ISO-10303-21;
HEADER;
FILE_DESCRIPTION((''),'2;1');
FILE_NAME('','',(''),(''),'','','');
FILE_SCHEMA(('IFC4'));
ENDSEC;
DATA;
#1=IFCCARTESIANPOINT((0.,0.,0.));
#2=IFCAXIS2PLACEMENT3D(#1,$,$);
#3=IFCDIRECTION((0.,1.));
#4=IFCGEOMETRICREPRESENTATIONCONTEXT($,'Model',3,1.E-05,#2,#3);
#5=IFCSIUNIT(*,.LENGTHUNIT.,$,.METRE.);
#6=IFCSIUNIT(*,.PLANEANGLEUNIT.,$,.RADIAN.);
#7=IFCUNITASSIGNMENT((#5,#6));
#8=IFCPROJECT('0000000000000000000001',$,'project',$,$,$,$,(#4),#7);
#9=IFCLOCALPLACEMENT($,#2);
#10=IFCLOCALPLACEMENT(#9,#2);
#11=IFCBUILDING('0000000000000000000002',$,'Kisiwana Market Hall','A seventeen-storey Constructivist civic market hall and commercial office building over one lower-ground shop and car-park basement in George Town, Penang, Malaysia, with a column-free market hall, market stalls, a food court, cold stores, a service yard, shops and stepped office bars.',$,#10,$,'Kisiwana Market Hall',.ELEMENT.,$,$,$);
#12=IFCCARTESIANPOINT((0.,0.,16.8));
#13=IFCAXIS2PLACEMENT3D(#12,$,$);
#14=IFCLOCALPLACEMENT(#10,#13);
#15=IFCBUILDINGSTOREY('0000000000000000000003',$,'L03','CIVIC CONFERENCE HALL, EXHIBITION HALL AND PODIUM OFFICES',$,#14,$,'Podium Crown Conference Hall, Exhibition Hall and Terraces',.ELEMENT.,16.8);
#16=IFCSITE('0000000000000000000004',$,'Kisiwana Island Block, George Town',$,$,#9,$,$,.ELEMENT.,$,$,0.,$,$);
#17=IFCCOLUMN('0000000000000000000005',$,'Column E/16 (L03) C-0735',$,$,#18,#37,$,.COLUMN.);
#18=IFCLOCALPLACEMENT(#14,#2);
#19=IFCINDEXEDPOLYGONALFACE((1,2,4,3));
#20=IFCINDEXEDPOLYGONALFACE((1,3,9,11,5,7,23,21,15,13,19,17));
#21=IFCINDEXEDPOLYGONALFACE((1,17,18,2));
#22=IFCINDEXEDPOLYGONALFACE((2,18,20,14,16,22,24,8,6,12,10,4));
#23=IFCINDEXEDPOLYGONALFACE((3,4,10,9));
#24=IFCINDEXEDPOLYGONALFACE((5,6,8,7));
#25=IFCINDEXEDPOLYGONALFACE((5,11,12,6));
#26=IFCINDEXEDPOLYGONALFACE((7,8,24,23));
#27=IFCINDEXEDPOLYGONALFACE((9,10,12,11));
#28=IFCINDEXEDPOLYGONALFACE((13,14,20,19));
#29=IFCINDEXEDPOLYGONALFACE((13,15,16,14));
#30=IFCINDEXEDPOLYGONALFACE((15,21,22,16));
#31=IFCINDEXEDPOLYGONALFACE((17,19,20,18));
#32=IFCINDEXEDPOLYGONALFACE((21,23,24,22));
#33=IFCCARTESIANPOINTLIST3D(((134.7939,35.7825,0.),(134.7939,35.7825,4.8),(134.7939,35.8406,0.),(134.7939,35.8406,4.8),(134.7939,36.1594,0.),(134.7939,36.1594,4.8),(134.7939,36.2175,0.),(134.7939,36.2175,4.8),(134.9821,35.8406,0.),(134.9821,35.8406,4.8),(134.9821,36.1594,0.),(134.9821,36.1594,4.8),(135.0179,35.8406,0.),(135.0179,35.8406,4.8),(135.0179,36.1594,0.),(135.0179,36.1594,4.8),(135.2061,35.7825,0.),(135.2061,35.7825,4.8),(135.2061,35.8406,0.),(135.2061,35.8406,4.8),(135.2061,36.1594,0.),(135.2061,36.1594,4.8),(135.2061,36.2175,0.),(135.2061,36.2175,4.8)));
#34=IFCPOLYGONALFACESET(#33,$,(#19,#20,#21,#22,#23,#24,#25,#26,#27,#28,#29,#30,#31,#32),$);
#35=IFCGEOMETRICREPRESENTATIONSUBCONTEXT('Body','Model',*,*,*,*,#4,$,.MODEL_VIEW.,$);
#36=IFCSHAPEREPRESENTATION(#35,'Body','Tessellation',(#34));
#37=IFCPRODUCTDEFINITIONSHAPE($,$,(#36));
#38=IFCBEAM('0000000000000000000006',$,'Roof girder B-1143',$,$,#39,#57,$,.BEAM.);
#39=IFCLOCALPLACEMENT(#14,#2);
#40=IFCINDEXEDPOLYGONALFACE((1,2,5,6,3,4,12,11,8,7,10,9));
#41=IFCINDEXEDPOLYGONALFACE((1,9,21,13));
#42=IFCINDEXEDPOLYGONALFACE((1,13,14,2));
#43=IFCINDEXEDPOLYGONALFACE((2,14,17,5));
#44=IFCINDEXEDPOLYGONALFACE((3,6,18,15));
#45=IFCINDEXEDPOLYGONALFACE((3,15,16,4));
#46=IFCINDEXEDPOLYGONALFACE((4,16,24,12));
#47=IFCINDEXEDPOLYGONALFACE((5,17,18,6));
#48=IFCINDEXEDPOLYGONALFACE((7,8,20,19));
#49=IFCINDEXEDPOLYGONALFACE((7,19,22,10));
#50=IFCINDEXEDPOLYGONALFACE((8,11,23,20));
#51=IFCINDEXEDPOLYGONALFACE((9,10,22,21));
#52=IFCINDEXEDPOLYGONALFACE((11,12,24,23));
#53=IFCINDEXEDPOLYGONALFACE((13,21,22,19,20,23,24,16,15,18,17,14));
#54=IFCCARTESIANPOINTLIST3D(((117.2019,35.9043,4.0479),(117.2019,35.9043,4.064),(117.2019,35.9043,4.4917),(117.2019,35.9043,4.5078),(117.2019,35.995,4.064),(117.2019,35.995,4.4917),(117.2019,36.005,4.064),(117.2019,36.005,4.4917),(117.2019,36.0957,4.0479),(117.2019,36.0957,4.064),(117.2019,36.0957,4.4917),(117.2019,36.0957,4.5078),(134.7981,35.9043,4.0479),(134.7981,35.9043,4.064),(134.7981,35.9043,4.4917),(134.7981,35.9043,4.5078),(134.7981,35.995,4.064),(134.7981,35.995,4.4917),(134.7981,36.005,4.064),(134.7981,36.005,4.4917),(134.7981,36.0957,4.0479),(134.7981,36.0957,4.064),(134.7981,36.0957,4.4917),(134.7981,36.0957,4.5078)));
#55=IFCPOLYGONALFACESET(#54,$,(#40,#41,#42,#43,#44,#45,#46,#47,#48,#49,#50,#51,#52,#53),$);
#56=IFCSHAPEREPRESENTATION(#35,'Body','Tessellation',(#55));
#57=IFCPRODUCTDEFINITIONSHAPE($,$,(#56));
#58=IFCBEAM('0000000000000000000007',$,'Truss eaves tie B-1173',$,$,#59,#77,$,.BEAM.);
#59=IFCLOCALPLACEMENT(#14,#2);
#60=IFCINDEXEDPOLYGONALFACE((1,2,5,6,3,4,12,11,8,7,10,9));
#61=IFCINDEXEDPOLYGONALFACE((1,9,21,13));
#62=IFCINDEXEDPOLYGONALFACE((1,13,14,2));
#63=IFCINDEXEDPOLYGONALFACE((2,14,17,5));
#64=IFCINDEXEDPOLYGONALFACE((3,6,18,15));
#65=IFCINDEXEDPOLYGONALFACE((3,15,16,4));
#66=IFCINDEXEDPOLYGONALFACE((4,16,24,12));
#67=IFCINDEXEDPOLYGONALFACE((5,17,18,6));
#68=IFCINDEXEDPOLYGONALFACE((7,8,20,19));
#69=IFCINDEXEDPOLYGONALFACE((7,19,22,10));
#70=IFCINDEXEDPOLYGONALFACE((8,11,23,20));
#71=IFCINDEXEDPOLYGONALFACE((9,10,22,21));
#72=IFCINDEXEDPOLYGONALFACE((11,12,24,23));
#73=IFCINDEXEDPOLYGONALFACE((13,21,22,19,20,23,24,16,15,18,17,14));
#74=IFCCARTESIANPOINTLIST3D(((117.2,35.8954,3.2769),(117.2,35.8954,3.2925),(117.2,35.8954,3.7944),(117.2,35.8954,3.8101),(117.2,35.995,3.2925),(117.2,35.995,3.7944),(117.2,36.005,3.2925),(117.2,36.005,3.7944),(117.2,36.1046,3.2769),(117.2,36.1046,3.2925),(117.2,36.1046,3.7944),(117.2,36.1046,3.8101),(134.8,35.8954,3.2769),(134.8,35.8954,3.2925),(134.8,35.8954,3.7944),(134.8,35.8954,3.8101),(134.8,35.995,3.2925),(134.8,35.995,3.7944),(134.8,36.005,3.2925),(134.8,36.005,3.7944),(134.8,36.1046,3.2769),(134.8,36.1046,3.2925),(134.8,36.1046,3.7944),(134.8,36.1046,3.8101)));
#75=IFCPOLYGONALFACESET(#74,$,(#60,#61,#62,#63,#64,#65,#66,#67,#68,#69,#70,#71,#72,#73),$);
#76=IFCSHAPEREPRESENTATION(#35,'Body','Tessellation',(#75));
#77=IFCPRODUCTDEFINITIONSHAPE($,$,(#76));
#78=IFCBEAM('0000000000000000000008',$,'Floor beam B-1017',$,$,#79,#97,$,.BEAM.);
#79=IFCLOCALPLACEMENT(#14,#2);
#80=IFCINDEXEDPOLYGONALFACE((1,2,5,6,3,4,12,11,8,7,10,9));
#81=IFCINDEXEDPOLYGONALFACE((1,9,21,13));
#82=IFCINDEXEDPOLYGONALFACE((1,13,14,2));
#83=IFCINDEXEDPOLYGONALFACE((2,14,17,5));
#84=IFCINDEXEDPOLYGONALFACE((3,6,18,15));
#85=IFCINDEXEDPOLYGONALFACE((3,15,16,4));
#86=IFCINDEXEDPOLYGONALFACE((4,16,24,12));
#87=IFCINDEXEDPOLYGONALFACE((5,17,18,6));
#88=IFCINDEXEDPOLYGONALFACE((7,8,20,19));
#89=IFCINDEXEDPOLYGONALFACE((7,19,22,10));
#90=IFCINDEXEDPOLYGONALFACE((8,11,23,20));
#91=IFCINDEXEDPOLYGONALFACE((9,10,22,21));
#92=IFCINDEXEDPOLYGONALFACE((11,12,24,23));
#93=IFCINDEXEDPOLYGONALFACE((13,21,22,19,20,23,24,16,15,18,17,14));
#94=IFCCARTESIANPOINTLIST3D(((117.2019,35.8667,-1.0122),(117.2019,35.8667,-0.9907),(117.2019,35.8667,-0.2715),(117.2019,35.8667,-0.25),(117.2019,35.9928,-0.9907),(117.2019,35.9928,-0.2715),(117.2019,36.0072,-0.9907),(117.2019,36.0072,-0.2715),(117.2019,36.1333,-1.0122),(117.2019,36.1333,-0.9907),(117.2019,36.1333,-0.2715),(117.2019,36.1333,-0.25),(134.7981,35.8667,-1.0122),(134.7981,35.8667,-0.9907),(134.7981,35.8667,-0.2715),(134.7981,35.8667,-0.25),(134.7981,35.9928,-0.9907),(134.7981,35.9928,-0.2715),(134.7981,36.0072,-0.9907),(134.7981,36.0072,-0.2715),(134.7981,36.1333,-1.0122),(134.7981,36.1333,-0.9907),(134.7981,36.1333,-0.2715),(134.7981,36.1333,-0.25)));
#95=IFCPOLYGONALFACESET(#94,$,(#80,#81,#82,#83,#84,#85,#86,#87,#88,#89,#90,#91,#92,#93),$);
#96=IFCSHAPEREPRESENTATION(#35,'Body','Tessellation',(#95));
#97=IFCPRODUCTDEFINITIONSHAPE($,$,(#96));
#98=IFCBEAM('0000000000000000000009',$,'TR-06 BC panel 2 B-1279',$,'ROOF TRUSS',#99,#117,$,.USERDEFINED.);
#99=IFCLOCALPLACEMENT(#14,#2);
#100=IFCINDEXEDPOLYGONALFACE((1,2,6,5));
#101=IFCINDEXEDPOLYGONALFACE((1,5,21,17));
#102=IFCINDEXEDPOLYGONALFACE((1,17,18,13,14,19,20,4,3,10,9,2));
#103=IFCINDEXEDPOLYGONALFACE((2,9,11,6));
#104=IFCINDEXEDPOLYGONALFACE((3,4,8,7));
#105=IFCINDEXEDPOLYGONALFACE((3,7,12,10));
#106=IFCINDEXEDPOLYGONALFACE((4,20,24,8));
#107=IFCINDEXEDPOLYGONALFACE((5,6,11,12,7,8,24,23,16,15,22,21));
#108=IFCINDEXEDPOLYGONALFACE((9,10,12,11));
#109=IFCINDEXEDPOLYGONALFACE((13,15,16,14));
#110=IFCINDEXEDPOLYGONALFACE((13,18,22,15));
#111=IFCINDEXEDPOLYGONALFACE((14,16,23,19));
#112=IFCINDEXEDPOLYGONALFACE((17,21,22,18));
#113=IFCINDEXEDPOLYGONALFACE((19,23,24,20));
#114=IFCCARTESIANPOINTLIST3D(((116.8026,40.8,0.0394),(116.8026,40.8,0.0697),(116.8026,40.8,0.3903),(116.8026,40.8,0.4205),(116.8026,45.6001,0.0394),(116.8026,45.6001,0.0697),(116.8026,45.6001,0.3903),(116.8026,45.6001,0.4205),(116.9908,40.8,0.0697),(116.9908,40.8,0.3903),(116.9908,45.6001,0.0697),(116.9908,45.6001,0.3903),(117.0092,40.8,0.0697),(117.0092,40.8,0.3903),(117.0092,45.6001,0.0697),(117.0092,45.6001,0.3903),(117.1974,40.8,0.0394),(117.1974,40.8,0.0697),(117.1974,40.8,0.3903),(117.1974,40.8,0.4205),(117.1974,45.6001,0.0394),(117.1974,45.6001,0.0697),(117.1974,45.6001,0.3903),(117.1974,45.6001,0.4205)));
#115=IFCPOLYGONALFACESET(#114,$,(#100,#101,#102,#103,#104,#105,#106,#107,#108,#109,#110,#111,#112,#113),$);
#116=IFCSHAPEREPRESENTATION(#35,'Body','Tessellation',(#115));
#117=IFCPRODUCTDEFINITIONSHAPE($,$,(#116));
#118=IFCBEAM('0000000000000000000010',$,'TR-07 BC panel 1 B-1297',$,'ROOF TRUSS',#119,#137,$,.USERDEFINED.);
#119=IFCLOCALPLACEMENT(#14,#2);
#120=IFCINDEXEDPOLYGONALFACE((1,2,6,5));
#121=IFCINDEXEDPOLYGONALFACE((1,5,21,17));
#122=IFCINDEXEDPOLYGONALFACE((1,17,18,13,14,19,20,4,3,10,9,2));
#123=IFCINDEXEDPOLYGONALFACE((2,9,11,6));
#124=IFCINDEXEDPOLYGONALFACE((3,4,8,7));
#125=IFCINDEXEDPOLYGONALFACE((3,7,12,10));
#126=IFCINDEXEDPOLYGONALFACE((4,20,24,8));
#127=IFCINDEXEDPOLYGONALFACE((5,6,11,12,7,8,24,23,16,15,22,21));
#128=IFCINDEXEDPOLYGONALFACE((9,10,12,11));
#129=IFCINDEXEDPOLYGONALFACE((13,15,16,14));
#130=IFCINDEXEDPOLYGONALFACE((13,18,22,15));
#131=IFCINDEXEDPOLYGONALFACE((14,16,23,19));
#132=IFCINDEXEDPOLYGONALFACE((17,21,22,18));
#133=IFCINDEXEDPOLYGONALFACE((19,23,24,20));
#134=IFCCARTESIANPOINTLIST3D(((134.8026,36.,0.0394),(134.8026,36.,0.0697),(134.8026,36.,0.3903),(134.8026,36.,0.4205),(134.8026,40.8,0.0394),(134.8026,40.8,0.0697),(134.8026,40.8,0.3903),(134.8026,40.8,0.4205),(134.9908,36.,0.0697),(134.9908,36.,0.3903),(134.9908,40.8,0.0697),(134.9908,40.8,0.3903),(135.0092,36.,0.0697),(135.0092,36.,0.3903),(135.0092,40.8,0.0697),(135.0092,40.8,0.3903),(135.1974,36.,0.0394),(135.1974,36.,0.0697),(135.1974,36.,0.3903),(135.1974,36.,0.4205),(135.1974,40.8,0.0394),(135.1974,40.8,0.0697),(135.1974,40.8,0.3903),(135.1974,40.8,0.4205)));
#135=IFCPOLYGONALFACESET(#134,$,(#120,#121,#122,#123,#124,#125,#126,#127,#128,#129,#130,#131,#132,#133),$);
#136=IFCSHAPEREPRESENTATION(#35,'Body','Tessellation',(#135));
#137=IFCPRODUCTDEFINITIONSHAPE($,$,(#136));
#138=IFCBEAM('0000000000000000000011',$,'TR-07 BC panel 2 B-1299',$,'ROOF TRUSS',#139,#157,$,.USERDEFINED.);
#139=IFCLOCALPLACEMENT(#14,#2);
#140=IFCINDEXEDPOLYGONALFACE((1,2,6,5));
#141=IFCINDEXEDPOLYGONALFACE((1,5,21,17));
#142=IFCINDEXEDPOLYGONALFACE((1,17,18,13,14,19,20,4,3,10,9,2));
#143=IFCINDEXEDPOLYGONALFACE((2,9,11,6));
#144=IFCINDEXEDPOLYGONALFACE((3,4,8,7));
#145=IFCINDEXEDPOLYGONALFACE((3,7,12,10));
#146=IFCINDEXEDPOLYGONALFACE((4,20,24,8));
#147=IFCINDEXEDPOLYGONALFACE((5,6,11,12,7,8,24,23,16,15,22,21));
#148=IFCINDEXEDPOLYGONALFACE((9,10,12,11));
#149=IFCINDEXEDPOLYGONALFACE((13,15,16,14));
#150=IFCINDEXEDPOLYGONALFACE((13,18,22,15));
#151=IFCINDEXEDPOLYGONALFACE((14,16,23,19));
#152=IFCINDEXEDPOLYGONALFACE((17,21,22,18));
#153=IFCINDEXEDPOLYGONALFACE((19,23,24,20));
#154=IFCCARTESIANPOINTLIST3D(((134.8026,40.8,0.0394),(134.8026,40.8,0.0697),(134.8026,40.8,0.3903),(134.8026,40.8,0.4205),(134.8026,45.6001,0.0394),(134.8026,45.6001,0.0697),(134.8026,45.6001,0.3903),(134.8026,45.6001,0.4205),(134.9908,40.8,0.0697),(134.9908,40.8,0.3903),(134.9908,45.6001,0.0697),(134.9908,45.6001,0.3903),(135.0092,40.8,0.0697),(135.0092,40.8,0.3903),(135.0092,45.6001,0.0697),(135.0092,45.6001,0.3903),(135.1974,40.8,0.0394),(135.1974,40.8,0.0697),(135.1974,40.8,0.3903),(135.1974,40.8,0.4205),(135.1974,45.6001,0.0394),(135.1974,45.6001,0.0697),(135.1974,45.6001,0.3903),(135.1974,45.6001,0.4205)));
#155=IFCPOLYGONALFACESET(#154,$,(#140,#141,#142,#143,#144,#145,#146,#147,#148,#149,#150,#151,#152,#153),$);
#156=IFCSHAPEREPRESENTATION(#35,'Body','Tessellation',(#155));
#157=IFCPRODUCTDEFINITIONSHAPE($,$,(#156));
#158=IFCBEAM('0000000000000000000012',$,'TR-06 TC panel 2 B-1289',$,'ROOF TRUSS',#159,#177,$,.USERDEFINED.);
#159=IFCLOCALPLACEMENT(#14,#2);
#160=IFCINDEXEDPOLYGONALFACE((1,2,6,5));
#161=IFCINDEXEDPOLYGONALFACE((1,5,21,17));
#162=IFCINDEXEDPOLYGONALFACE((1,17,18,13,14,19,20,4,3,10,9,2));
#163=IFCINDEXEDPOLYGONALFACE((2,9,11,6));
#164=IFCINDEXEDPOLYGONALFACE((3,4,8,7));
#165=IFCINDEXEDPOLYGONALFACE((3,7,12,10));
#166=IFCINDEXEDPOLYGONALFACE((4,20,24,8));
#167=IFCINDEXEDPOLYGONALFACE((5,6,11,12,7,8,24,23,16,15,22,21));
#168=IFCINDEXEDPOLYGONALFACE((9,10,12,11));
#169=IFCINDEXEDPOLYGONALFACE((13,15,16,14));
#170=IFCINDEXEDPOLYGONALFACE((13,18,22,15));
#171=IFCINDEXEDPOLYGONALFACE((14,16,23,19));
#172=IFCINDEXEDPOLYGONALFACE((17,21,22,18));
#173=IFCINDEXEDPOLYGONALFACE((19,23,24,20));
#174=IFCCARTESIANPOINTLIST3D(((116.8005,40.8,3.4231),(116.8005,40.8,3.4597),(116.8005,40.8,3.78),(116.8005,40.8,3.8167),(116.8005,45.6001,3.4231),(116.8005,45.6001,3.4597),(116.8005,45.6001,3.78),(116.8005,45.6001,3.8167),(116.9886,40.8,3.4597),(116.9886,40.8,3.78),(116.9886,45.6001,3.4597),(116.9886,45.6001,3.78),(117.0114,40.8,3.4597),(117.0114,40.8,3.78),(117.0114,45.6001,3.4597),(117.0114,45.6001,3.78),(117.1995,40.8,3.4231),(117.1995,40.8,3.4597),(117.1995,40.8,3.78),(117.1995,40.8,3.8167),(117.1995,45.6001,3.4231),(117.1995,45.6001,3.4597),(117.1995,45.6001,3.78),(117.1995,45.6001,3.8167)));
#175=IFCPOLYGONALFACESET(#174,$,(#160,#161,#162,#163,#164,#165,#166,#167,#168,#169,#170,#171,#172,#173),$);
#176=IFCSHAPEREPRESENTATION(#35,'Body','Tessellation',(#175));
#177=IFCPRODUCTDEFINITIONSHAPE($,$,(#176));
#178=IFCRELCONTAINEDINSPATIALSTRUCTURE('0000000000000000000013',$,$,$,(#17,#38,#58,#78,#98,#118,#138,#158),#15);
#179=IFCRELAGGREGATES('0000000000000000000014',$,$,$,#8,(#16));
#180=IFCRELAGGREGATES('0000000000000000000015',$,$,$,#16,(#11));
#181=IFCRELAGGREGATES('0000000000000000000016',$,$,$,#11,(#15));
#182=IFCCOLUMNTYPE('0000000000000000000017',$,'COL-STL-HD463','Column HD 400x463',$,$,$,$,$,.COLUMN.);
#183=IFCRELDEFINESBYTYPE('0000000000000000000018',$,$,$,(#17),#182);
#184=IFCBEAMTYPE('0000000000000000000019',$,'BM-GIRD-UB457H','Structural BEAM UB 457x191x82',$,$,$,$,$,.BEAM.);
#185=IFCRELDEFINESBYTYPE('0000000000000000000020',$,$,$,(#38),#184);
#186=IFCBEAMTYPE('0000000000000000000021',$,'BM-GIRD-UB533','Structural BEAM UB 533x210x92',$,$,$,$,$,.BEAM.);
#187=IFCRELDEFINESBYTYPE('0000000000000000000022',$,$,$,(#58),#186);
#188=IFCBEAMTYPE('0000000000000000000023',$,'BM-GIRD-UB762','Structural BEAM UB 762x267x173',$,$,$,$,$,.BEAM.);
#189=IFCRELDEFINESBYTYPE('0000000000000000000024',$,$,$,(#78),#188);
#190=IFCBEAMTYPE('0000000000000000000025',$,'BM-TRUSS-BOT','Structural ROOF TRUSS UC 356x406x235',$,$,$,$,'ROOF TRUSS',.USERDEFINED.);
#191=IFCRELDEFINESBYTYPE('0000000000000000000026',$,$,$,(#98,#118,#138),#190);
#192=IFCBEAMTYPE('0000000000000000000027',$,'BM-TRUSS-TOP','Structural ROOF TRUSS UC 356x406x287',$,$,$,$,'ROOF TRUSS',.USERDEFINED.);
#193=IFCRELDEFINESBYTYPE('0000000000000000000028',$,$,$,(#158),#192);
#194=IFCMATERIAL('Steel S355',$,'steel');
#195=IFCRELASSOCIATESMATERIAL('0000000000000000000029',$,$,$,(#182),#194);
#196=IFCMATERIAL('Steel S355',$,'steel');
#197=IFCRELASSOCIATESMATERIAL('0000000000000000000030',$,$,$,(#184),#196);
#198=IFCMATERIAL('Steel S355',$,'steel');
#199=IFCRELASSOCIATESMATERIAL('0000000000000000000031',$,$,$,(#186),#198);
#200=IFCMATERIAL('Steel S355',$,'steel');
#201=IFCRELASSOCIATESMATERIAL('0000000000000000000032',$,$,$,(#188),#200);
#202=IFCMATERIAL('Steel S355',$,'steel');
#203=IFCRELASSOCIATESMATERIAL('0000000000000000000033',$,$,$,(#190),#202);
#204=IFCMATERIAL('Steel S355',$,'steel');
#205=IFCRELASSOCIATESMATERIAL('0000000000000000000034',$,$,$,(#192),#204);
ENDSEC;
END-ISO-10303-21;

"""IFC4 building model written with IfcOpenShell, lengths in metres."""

from ifc_helpers import new_model, si_unit, direction, frame, origin, origin_2d, place, context, subcontext, project, spatial, i_section, extrude, material, material_profile, profile_set, type_object, element, save


model = new_model("IFC4")

# Units and contexts
model_context = context("Model", 3, precision=1e-05, world=origin(), true_north=direction((0.0, 1.0)))
body_context = subcontext(model_context, "Body", "Model", "MODEL_VIEW")
ifc_project = project(units=[si_unit("LENGTHUNIT", "METRE"), si_unit("PLANEANGLEUNIT", "RADIAN")], contexts=[model_context])

# Site, building, storey
site_placement = place(None, origin())
site = spatial("IfcSite", under=ifc_project, at=site_placement, Name="Kisiwana Island Block, George Town", CompositionType="ELEMENT", RefElevation=0.0)
building_placement = place(site_placement, origin())
building = spatial("IfcBuilding", under=site, at=building_placement, Name="Kisiwana Market Hall", Description="A seventeen-storey Constructivist civic market hall and commercial office building over one lower-ground shop and car-park basement in George Town, Penang, Malaysia, with a column-free market hall, market stalls, a food court, cold stores, a service yard, shops and stepped office bars.", LongName="Kisiwana Market Hall", CompositionType="ELEMENT")
storey_placement = place(building_placement, frame((0.0, 0.0, 16.8)))
storey = spatial("IfcBuildingStorey", under=building, at=storey_placement, Name="L03", Description="CIVIC CONFERENCE HALL, EXHIBITION HALL AND PODIUM OFFICES", LongName="Podium Crown Conference Hall, Exhibition Hall and Terraces", CompositionType="ELEMENT", Elevation=16.8)

# Column
ifc_material_1 = material(Name="Steel S355", Category="steel")
ifc_material_profile_1 = material_profile(ifc_material_1, i_section(OverallWidth=0.4121, OverallDepth=0.4351, WebThickness=0.0359, FlangeThickness=0.0581, at=origin_2d()), Name="HD 400x463")
ifc_profile_set_1 = profile_set([ifc_material_profile_1], Name="Steel S355")
column_type = type_object("IfcColumnType", Name="COL-STL-HD463", Description="Column HD 400x463", PredefinedType="COLUMN", material=ifc_profile_set_1)
column_placement = place(storey_placement, frame((135.0, 36.0, 0.0), z_axis=(0.0, 0.0, 1.0), x_axis=(1.0, 0.0, 0.0)))
element("IfcColumn", 1, at=column_placement, inside=storey, type_object=column_type, Name="Column E/16 (L03) C-0735", PredefinedType="COLUMN", context=body_context, shape_type="SweptSolid", body=[
    extrude(i_section(OverallWidth=0.4121, OverallDepth=0.4351, WebThickness=0.0359, FlangeThickness=0.0581, at=origin_2d()), origin(), (0.0, 0.0, 1.0), 4.8),
])

# Beams
ifc_material_2 = material(Name="Steel S355", Category="steel")
ifc_material_profile_2 = material_profile(ifc_material_2, i_section(OverallWidth=0.1914, OverallDepth=0.46, WebThickness=0.01, FlangeThickness=0.0161, at=origin_2d()), Name="UB 457x191x82")
ifc_profile_set_2 = profile_set([ifc_material_profile_2], Name="Steel S355")
beam_type_1 = type_object("IfcBeamType", Name="BM-GIRD-UB457H", Description="Structural BEAM UB 457x191x82", PredefinedType="BEAM", material=ifc_profile_set_2)
beam_1_placement = place(storey_placement, frame((117.2019, 36.0, 4.2778), z_axis=(1.0, 0.0, 0.0), x_axis=(0.0, 1.0, 0.0)))
element("IfcBeam", 2, at=beam_1_placement, inside=storey, type_object=beam_type_1, Name="Roof girder B-1143", PredefinedType="BEAM", context=body_context, shape_type="SweptSolid", body=[
    extrude(i_section(OverallWidth=0.1914, OverallDepth=0.46, WebThickness=0.01, FlangeThickness=0.0161, at=origin_2d()), origin(), (0.0, 0.0, 1.0), 17.5962),
])
ifc_material_3 = material(Name="Steel S355", Category="steel")
ifc_material_profile_3 = material_profile(ifc_material_3, i_section(OverallWidth=0.2092, OverallDepth=0.5332, WebThickness=0.01, FlangeThickness=0.0156, at=origin_2d()), Name="UB 533x210x92")
ifc_profile_set_3 = profile_set([ifc_material_profile_3], Name="Steel S355")
beam_type_2 = type_object("IfcBeamType", Name="BM-GIRD-UB533", Description="Structural BEAM UB 533x210x92", PredefinedType="BEAM", material=ifc_profile_set_3)
beam_2_placement = place(storey_placement, frame((117.2, 36.0, 3.5435), z_axis=(1.0, 0.0, 0.0), x_axis=(0.0, 1.0, 0.0)))
element("IfcBeam", 3, at=beam_2_placement, inside=storey, type_object=beam_type_2, Name="Truss eaves tie B-1173", PredefinedType="BEAM", context=body_context, shape_type="SweptSolid", body=[
    extrude(i_section(OverallWidth=0.2092, OverallDepth=0.5332, WebThickness=0.01, FlangeThickness=0.0156, at=origin_2d()), origin(), (0.0, 0.0, 1.0), 17.6001),
])
ifc_material_4 = material(Name="Steel S355", Category="steel")
ifc_material_profile_4 = material_profile(ifc_material_4, i_section(OverallWidth=0.2666, OverallDepth=0.7622, WebThickness=0.0144, FlangeThickness=0.0215, at=origin_2d()), Name="UB 762x267x173")
ifc_profile_set_4 = profile_set([ifc_material_profile_4], Name="Steel S355")
beam_type_3 = type_object("IfcBeamType", Name="BM-GIRD-UB762", Description="Structural BEAM UB 762x267x173", PredefinedType="BEAM", material=ifc_profile_set_4)
beam_3_placement = place(storey_placement, frame((117.2019, 36.0, -0.6311), z_axis=(1.0, 0.0, 0.0), x_axis=(0.0, 1.0, 0.0)))
element("IfcBeam", 4, at=beam_3_placement, inside=storey, type_object=beam_type_3, Name="Floor beam B-1017", PredefinedType="BEAM", context=body_context, shape_type="SweptSolid", body=[
    extrude(i_section(OverallWidth=0.2666, OverallDepth=0.7622, WebThickness=0.0144, FlangeThickness=0.0215, at=origin_2d()), origin(), (0.0, 0.0, 1.0), 17.5962),
])
ifc_material_5 = material(Name="Steel S355", Category="steel")
ifc_material_profile_5 = material_profile(ifc_material_5, i_section(OverallWidth=0.3948, OverallDepth=0.3811, WebThickness=0.0183, FlangeThickness=0.0303, at=origin_2d()), Name="UC 356x406x235")
ifc_profile_set_5 = profile_set([ifc_material_profile_5], Name="Steel S355")
beam_type_4 = type_object("IfcBeamType", Name="BM-TRUSS-BOT", Description="Structural ROOF TRUSS UC 356x406x235", ElementType="ROOF TRUSS", PredefinedType="USERDEFINED", material=ifc_profile_set_5)
for number, where, z_axis, x_axis, name in (
    (5, (117.0, 40.8, 0.23), (0.0, 1.0, 0.0), (-1.0, 0.0, 0.0), "TR-06 BC panel 2 B-1279"),
    (6, (135.0, 36.0, 0.23), (0.0, 1.0, 0.0), (-1.0, 0.0, 0.0), "TR-07 BC panel 1 B-1297"),
    (7, (135.0, 40.8, 0.23), (0.0, 1.0, 0.0), (-1.0, 0.0, 0.0), "TR-07 BC panel 2 B-1299"),
):
    element("IfcBeam", number, at=place(storey_placement, frame(where, z_axis=z_axis, x_axis=x_axis)), inside=storey, type_object=beam_type_4, Name=name, ObjectType="ROOF TRUSS", PredefinedType="USERDEFINED", context=body_context, shape_type="SweptSolid", body=[
        extrude(i_section(OverallWidth=0.3948, OverallDepth=0.3811, WebThickness=0.0183, FlangeThickness=0.0303, at=origin_2d()), origin(), (0.0, 0.0, 1.0), 4.8),
    ])
ifc_material_6 = material(Name="Steel S355", Category="steel")
ifc_material_profile_6 = material_profile(ifc_material_6, i_section(OverallWidth=0.3989, OverallDepth=0.3936, WebThickness=0.0227, FlangeThickness=0.0366, at=origin_2d()), Name="UC 356x406x287")
ifc_profile_set_6 = profile_set([ifc_material_profile_6], Name="Steel S355")
beam_type_5 = type_object("IfcBeamType", Name="BM-TRUSS-TOP", Description="Structural ROOF TRUSS UC 356x406x287", ElementType="ROOF TRUSS", PredefinedType="USERDEFINED", material=ifc_profile_set_6)
for number, where, z_axis, x_axis, name in (
    (8, (117.0, 40.8, 3.6199), (0.0, 1.0, 0.0), (-1.0, 0.0, 0.0), "TR-06 TC panel 2 B-1289"),
):
    element("IfcBeam", number, at=place(storey_placement, frame(where, z_axis=z_axis, x_axis=x_axis)), inside=storey, type_object=beam_type_5, Name=name, ObjectType="ROOF TRUSS", PredefinedType="USERDEFINED", context=body_context, shape_type="SweptSolid", body=[
        extrude(i_section(OverallWidth=0.3989, OverallDepth=0.3936, WebThickness=0.0227, FlangeThickness=0.0366, at=origin_2d()), origin(), (0.0, 0.0, 1.0), 4.8),
    ])

save(model, "model.ifc")
